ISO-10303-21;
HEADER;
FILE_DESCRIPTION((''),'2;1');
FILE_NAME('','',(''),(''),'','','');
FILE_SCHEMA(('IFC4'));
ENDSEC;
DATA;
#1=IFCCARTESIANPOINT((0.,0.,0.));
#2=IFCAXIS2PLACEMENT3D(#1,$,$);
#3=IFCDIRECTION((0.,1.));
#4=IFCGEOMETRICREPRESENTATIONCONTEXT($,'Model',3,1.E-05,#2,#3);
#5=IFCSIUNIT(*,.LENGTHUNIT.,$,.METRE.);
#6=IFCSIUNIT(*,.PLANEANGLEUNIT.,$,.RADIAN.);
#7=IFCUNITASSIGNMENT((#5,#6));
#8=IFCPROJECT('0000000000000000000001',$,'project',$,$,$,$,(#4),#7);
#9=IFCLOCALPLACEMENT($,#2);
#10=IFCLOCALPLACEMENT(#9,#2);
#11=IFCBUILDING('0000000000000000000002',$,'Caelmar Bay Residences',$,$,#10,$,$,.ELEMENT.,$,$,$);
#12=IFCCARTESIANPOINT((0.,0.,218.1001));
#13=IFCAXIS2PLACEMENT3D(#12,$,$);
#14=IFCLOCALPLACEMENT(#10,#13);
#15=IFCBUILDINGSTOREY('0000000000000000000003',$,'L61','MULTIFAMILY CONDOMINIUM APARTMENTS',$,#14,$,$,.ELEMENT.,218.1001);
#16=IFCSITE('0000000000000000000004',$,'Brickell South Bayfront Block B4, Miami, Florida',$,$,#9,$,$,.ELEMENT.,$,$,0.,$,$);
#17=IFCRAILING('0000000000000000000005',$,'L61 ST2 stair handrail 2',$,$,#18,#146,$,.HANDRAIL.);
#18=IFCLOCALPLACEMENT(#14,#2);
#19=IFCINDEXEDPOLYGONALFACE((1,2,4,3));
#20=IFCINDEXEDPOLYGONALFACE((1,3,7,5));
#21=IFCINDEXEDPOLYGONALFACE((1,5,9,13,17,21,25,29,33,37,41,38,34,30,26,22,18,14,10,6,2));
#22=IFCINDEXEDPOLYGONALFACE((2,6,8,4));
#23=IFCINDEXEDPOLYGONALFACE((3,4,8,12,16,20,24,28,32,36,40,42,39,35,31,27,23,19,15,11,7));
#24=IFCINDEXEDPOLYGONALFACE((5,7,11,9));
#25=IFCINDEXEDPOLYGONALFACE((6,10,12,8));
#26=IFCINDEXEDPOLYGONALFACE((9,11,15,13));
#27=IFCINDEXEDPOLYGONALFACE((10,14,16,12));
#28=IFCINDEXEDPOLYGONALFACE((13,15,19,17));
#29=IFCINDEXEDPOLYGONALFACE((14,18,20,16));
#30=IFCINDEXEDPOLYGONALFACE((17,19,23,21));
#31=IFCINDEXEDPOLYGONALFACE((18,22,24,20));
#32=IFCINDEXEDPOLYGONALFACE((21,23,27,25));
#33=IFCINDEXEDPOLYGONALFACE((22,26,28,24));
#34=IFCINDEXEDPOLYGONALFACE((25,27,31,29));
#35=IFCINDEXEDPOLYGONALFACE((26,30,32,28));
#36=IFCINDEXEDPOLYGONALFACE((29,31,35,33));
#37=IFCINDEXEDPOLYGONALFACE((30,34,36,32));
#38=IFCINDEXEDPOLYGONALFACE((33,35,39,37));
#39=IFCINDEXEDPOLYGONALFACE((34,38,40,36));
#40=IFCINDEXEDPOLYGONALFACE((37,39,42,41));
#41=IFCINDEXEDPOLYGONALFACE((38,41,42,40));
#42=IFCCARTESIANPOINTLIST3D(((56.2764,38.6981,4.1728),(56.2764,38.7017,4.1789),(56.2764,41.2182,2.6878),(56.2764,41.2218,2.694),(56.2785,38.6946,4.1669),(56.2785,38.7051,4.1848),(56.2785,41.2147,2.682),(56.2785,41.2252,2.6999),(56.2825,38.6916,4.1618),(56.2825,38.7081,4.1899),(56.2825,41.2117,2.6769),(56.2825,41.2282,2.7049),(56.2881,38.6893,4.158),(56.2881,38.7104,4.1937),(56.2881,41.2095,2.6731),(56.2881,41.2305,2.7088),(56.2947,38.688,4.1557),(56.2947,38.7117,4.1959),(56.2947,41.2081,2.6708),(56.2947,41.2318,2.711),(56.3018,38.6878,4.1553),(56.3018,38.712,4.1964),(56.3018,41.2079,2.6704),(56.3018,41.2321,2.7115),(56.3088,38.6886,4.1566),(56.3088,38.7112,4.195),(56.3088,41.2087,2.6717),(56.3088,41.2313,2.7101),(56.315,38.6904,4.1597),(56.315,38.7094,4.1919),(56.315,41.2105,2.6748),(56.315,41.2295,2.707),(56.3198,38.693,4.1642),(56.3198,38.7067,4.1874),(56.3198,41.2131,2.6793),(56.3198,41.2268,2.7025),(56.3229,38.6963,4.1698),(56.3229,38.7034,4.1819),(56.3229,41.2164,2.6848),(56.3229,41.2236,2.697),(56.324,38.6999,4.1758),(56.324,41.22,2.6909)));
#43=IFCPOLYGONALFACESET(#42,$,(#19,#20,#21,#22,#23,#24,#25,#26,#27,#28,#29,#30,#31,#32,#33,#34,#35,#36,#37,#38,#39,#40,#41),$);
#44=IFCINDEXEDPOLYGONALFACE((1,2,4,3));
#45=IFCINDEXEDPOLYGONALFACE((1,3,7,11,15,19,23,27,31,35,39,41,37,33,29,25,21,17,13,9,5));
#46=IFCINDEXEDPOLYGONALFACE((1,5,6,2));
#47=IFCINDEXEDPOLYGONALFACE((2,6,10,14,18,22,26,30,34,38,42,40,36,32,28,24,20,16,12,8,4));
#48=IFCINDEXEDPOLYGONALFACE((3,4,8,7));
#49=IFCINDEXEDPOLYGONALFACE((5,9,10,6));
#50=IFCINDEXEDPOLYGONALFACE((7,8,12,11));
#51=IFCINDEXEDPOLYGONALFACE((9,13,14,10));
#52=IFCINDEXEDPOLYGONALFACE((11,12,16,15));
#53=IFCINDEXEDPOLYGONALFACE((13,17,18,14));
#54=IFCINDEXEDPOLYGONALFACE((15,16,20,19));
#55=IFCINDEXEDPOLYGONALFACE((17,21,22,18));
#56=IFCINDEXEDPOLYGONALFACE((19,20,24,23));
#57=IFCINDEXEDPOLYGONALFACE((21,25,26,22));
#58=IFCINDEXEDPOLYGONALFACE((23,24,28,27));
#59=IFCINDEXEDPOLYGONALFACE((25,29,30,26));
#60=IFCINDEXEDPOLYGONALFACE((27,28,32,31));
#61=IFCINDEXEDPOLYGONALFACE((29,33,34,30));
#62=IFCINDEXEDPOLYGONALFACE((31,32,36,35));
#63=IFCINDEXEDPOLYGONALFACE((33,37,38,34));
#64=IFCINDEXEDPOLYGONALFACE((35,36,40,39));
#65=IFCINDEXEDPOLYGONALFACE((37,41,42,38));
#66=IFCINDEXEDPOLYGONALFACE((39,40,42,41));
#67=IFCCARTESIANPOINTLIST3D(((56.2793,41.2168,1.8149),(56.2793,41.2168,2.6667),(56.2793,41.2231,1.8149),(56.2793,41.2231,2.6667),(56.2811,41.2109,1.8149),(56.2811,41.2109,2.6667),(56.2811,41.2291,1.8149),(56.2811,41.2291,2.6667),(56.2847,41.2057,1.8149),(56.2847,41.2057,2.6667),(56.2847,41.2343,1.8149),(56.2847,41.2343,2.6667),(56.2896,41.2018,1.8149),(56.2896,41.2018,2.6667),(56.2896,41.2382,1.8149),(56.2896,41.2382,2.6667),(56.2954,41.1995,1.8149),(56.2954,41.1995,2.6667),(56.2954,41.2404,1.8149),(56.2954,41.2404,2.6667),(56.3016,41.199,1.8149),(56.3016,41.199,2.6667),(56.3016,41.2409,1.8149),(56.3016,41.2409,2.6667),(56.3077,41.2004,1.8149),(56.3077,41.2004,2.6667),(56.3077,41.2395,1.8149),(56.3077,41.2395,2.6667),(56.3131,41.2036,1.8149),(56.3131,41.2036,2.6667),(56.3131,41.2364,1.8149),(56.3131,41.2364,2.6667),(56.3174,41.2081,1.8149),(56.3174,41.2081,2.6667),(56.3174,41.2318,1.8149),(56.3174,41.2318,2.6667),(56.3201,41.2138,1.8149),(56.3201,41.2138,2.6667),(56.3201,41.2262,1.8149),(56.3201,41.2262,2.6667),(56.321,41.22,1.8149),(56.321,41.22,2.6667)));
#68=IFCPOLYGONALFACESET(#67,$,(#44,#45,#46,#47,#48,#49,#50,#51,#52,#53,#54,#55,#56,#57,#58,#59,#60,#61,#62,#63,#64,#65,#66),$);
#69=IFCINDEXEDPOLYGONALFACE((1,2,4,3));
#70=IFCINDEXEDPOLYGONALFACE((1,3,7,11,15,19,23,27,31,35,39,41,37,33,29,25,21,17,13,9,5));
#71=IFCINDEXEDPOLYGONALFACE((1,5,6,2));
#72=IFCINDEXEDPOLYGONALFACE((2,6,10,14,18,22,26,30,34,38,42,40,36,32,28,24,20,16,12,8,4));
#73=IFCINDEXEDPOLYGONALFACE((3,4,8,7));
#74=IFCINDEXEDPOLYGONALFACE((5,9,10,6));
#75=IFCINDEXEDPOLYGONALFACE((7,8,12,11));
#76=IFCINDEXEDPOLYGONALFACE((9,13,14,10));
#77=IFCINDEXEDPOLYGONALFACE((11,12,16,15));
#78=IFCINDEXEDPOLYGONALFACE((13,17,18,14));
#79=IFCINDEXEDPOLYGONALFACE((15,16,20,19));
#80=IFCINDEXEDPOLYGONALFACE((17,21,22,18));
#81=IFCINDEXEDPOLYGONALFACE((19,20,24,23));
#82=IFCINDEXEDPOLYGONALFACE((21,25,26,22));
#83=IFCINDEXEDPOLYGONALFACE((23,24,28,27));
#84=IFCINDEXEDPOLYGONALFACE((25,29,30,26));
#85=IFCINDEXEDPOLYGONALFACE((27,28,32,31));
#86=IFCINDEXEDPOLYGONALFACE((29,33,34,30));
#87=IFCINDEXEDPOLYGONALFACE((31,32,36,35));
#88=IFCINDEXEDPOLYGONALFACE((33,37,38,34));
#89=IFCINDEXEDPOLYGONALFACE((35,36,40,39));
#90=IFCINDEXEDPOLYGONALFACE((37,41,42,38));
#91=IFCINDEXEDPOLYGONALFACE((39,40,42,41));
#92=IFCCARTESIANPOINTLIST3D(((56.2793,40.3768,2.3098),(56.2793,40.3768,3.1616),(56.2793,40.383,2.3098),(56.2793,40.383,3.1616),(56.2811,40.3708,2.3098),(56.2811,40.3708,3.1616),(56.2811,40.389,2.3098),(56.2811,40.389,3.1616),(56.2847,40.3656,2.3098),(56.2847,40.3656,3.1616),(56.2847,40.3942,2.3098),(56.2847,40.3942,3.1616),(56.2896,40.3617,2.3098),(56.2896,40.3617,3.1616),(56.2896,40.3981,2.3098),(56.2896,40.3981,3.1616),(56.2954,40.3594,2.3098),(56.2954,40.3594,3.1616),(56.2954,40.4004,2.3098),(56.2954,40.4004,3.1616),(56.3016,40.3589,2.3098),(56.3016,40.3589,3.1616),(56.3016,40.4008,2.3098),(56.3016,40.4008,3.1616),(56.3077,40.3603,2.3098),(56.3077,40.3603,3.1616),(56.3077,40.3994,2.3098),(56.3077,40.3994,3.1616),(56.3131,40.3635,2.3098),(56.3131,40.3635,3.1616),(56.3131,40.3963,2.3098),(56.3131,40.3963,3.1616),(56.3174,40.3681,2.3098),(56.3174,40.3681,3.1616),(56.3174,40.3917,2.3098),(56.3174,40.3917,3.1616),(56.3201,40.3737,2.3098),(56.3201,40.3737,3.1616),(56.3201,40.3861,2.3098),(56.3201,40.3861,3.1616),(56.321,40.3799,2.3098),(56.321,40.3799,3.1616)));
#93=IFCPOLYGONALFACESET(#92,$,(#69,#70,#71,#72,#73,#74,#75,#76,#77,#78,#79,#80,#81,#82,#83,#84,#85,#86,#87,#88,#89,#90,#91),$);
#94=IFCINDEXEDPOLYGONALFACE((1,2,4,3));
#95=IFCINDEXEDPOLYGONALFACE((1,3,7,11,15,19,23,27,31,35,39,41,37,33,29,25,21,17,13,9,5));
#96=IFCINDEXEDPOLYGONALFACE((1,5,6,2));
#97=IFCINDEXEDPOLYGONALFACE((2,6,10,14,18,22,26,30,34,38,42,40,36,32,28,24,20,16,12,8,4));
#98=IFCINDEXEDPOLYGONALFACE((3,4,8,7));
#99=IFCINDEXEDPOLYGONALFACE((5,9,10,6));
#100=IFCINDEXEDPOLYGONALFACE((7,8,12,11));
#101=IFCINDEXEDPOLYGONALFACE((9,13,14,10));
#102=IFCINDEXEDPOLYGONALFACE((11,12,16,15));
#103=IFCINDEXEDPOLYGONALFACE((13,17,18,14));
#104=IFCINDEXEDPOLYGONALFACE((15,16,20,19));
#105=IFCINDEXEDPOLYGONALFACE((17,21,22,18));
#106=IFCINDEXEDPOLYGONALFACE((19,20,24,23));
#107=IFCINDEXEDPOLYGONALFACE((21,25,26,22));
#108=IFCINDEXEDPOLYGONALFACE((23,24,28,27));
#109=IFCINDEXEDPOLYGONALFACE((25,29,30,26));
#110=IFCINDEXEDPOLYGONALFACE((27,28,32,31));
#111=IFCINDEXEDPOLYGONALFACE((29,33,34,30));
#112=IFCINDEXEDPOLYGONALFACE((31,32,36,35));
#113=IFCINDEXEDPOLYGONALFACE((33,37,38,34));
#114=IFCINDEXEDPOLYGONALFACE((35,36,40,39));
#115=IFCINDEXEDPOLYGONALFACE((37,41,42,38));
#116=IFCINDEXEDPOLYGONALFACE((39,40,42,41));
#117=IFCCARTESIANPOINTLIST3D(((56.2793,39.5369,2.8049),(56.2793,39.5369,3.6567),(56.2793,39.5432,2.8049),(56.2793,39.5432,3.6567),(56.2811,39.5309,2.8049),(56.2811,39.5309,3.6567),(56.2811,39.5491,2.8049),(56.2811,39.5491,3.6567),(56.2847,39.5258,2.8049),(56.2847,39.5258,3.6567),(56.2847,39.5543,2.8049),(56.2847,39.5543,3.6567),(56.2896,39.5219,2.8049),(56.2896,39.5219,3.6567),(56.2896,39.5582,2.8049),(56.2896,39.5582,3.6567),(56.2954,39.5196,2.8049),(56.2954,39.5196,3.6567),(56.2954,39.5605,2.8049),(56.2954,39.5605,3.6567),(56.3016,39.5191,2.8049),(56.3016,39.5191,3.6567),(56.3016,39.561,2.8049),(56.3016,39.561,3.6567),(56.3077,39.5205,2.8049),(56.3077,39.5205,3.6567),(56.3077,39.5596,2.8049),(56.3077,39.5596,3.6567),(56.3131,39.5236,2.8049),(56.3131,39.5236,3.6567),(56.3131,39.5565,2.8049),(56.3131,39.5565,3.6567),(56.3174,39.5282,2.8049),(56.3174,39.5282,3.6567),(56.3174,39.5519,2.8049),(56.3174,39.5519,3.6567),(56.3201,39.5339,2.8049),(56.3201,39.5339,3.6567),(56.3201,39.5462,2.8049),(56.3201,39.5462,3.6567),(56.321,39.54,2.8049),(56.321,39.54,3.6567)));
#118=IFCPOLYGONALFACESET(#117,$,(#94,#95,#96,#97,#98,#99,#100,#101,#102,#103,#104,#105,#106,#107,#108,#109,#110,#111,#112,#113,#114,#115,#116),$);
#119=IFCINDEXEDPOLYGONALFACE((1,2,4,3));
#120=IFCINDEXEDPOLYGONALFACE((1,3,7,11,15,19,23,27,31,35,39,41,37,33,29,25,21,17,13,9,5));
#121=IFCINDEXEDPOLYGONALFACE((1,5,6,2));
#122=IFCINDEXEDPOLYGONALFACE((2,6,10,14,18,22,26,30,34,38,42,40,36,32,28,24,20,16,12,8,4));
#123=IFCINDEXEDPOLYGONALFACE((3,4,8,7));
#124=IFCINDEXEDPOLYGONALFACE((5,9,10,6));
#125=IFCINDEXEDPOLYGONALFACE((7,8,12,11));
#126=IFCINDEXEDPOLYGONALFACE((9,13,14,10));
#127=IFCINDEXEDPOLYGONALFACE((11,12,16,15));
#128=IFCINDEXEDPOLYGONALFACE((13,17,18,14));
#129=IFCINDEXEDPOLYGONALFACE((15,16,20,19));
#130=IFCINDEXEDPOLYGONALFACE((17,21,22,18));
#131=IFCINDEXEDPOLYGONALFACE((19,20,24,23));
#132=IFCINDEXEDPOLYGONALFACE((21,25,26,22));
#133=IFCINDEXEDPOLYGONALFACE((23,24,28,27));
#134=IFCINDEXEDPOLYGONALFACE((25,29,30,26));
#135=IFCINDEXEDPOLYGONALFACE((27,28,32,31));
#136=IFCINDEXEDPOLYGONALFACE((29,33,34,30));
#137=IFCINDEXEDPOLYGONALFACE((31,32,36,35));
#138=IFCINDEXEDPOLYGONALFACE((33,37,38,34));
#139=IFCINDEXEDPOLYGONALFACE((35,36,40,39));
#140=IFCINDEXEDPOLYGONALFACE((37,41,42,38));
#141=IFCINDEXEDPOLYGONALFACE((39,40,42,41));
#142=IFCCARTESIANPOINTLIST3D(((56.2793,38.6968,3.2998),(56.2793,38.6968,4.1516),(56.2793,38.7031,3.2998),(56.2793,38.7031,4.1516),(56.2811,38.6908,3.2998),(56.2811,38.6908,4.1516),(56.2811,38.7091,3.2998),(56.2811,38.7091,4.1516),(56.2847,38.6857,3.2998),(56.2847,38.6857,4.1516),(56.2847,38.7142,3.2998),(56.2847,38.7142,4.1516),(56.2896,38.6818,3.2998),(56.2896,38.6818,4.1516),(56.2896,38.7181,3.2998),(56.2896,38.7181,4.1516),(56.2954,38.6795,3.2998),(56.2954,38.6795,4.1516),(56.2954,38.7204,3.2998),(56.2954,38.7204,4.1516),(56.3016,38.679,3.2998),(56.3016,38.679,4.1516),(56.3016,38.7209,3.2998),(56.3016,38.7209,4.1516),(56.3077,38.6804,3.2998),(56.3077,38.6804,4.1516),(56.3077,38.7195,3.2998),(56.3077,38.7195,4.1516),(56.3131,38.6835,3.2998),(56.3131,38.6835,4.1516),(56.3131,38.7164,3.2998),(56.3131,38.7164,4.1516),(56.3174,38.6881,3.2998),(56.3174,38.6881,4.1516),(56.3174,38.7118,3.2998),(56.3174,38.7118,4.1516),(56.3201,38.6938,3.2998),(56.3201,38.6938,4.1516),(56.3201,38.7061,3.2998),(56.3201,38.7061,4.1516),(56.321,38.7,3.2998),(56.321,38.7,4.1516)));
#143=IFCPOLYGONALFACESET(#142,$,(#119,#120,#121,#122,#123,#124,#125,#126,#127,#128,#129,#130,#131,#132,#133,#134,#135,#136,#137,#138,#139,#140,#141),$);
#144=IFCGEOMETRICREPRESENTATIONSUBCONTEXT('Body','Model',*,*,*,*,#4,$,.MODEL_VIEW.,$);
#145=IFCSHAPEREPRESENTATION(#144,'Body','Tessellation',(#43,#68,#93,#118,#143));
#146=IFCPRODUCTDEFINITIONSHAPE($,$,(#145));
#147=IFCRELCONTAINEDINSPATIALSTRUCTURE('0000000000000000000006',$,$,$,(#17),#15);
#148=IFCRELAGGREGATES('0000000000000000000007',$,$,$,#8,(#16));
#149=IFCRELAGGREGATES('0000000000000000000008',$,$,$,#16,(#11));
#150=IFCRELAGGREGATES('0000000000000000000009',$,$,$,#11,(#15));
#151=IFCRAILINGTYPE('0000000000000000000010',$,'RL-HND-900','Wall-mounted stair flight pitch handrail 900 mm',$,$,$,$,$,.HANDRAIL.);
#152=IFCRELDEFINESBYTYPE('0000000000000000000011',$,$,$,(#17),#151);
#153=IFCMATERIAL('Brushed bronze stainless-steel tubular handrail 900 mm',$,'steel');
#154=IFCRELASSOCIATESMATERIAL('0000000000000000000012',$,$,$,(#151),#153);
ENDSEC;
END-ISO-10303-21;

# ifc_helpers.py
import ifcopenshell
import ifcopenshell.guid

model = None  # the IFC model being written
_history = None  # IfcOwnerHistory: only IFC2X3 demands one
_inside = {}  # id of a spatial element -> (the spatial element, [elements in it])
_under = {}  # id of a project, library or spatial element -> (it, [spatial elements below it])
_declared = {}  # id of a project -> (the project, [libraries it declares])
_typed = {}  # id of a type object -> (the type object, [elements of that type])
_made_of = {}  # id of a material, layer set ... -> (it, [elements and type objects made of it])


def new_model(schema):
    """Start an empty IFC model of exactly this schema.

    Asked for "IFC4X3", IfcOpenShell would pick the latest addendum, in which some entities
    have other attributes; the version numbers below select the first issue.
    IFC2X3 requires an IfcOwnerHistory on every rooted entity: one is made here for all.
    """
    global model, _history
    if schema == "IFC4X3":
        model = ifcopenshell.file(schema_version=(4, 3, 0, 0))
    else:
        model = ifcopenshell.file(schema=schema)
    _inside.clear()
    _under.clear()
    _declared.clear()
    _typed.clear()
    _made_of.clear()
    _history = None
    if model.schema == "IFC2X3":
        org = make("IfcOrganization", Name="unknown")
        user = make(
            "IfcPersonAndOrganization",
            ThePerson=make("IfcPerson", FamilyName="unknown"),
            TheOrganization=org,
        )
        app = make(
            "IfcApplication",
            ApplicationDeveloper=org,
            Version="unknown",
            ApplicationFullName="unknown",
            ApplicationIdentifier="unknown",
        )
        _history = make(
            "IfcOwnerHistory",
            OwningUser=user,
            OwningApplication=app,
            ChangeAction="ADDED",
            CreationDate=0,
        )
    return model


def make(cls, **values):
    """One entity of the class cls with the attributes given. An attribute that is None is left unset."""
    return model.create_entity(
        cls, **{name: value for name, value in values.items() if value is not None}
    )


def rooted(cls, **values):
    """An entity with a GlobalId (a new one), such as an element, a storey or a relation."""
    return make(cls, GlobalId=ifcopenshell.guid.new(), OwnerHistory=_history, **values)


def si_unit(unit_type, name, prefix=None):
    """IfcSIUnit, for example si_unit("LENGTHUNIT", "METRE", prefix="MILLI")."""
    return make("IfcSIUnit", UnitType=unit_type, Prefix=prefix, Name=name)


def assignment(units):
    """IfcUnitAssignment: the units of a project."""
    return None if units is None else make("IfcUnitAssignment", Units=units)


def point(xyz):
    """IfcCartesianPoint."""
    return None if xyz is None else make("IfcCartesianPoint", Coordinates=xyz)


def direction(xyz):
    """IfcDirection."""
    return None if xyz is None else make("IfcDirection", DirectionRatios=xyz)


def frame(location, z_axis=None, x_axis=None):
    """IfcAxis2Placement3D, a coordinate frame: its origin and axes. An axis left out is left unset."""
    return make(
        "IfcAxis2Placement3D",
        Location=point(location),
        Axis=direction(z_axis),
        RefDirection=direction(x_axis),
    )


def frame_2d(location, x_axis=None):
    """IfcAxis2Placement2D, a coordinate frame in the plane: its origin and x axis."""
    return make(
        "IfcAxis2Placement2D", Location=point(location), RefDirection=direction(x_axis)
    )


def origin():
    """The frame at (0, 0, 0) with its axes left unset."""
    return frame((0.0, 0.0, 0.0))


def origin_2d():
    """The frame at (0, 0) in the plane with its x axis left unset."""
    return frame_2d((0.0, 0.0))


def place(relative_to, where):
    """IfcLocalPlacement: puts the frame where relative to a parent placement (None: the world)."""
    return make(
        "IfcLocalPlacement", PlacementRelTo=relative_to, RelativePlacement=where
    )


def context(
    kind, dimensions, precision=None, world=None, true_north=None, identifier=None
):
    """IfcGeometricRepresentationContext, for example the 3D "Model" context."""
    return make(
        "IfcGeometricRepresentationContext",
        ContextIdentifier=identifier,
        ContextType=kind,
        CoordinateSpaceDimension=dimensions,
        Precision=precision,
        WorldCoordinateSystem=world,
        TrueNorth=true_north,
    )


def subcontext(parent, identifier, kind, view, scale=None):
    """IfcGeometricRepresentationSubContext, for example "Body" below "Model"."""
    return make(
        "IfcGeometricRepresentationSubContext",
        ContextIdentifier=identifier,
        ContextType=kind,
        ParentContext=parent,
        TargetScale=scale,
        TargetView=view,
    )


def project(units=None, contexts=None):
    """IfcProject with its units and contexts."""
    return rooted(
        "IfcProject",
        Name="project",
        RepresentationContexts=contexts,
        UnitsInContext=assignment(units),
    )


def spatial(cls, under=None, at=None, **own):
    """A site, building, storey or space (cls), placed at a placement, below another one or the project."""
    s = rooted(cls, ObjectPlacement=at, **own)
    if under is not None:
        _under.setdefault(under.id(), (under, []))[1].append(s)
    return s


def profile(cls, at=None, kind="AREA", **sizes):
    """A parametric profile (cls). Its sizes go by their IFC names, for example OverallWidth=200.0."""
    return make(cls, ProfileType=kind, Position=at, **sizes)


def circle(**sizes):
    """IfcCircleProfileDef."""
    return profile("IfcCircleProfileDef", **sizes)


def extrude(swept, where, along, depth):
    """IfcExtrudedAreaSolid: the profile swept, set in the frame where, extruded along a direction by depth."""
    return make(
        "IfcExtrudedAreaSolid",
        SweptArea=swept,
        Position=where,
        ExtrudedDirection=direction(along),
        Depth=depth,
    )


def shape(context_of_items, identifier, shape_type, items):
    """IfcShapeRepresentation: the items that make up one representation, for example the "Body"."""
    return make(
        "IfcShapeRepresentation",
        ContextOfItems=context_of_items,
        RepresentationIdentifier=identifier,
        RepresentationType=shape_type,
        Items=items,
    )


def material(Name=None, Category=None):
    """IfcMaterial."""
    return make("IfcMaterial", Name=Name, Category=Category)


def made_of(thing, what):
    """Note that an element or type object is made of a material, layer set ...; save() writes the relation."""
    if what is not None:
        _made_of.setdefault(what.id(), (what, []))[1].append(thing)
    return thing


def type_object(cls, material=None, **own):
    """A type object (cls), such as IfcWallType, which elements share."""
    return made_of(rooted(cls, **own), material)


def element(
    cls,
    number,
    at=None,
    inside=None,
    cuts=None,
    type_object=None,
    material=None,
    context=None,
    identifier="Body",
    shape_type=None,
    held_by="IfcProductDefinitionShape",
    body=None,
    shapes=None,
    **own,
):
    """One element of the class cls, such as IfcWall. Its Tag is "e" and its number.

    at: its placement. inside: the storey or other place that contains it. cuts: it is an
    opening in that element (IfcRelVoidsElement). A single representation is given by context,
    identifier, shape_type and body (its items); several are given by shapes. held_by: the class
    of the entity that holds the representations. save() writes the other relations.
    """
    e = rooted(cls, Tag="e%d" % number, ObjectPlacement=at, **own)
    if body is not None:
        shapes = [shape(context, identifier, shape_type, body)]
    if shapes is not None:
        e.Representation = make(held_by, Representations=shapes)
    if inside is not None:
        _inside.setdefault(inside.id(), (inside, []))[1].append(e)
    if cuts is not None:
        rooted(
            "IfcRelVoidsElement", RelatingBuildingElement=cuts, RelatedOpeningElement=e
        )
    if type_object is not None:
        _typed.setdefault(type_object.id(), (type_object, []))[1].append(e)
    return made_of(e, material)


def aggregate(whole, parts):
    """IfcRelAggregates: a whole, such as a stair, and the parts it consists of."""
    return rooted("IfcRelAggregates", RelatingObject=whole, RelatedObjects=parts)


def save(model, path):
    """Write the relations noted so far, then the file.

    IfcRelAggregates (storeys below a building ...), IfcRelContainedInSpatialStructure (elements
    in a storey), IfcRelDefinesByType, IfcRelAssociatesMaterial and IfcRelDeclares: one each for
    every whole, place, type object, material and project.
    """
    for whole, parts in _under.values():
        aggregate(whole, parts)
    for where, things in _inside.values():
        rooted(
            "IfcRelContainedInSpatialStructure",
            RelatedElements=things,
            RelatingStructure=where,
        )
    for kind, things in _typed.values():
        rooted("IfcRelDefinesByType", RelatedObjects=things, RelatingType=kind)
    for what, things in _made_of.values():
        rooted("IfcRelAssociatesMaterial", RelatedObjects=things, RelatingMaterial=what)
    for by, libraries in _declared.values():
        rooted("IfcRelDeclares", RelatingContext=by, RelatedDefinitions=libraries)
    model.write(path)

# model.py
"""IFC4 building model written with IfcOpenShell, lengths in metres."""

from ifc_helpers import new_model, si_unit, direction, frame, origin, origin_2d, place, context, subcontext, project, spatial, circle, extrude, material, type_object, element, save


model = new_model("IFC4")

# Units and contexts
model_context = context("Model", 3, precision=1e-05, world=origin(), true_north=direction((0.0, 1.0)))
body_context = subcontext(model_context, "Body", "Model", "MODEL_VIEW")
ifc_project = project(units=[si_unit("LENGTHUNIT", "METRE"), si_unit("PLANEANGLEUNIT", "RADIAN")], contexts=[model_context])

# Site, building, storey
site_placement = place(None, origin())
site = spatial("IfcSite", under=ifc_project, at=site_placement, Name="Brickell South Bayfront Block B4, Miami, Florida", CompositionType="ELEMENT", RefElevation=0.0)
building_placement = place(site_placement, origin())
building = spatial("IfcBuilding", under=site, at=building_placement, Name="Caelmar Bay Residences", CompositionType="ELEMENT")
storey_placement = place(building_placement, frame((0.0, 0.0, 218.1001)))
storey = spatial("IfcBuildingStorey", under=building, at=storey_placement, Name="L61", Description="MULTIFAMILY CONDOMINIUM APARTMENTS", CompositionType="ELEMENT", Elevation=218.1001)

# Railing
ifc_material_1 = material(Name="Brushed bronze stainless-steel tubular handrail 900 mm", Category="steel")
railing_type_1 = type_object("IfcRailingType", Name="RL-HND-900", Description="Wall-mounted stair flight pitch handrail 900 mm", PredefinedType="HANDRAIL", material=ifc_material_1)
railing_1_placement = place(storey_placement, frame((56.3, 41.22, 1.8149)))
element("IfcRailing", 1, at=railing_1_placement, inside=storey, type_object=railing_type_1, Name="L61 ST2 stair handrail 2", PredefinedType="HANDRAIL", context=body_context, shape_type="SweptSolid", body=[
    extrude(circle(Radius=0.0239, at=origin_2d()), frame((0.0, 0.0, 0.876), z_axis=(0.0, -0.861561, 0.507655), x_axis=(1.0, 0.0, 0.0)), (0.0, 0.0, 1.0), 2.925),
    extrude(circle(Radius=0.021, at=origin_2d()), origin(), (0.0, 0.0, 1.0), 0.8518),
    extrude(circle(Radius=0.021, at=origin_2d()), frame((0.0, -0.8401, 0.4949)), (0.0, 0.0, 1.0), 0.8518),
    extrude(circle(Radius=0.021, at=origin_2d()), frame((0.0, -1.6799, 0.99)), (0.0, 0.0, 1.0), 0.8518),
    extrude(circle(Radius=0.021, at=origin_2d()), frame((0.0, -2.52, 1.4849)), (0.0, 0.0, 1.0), 0.8518),
])

save(model, "model.ifc")
